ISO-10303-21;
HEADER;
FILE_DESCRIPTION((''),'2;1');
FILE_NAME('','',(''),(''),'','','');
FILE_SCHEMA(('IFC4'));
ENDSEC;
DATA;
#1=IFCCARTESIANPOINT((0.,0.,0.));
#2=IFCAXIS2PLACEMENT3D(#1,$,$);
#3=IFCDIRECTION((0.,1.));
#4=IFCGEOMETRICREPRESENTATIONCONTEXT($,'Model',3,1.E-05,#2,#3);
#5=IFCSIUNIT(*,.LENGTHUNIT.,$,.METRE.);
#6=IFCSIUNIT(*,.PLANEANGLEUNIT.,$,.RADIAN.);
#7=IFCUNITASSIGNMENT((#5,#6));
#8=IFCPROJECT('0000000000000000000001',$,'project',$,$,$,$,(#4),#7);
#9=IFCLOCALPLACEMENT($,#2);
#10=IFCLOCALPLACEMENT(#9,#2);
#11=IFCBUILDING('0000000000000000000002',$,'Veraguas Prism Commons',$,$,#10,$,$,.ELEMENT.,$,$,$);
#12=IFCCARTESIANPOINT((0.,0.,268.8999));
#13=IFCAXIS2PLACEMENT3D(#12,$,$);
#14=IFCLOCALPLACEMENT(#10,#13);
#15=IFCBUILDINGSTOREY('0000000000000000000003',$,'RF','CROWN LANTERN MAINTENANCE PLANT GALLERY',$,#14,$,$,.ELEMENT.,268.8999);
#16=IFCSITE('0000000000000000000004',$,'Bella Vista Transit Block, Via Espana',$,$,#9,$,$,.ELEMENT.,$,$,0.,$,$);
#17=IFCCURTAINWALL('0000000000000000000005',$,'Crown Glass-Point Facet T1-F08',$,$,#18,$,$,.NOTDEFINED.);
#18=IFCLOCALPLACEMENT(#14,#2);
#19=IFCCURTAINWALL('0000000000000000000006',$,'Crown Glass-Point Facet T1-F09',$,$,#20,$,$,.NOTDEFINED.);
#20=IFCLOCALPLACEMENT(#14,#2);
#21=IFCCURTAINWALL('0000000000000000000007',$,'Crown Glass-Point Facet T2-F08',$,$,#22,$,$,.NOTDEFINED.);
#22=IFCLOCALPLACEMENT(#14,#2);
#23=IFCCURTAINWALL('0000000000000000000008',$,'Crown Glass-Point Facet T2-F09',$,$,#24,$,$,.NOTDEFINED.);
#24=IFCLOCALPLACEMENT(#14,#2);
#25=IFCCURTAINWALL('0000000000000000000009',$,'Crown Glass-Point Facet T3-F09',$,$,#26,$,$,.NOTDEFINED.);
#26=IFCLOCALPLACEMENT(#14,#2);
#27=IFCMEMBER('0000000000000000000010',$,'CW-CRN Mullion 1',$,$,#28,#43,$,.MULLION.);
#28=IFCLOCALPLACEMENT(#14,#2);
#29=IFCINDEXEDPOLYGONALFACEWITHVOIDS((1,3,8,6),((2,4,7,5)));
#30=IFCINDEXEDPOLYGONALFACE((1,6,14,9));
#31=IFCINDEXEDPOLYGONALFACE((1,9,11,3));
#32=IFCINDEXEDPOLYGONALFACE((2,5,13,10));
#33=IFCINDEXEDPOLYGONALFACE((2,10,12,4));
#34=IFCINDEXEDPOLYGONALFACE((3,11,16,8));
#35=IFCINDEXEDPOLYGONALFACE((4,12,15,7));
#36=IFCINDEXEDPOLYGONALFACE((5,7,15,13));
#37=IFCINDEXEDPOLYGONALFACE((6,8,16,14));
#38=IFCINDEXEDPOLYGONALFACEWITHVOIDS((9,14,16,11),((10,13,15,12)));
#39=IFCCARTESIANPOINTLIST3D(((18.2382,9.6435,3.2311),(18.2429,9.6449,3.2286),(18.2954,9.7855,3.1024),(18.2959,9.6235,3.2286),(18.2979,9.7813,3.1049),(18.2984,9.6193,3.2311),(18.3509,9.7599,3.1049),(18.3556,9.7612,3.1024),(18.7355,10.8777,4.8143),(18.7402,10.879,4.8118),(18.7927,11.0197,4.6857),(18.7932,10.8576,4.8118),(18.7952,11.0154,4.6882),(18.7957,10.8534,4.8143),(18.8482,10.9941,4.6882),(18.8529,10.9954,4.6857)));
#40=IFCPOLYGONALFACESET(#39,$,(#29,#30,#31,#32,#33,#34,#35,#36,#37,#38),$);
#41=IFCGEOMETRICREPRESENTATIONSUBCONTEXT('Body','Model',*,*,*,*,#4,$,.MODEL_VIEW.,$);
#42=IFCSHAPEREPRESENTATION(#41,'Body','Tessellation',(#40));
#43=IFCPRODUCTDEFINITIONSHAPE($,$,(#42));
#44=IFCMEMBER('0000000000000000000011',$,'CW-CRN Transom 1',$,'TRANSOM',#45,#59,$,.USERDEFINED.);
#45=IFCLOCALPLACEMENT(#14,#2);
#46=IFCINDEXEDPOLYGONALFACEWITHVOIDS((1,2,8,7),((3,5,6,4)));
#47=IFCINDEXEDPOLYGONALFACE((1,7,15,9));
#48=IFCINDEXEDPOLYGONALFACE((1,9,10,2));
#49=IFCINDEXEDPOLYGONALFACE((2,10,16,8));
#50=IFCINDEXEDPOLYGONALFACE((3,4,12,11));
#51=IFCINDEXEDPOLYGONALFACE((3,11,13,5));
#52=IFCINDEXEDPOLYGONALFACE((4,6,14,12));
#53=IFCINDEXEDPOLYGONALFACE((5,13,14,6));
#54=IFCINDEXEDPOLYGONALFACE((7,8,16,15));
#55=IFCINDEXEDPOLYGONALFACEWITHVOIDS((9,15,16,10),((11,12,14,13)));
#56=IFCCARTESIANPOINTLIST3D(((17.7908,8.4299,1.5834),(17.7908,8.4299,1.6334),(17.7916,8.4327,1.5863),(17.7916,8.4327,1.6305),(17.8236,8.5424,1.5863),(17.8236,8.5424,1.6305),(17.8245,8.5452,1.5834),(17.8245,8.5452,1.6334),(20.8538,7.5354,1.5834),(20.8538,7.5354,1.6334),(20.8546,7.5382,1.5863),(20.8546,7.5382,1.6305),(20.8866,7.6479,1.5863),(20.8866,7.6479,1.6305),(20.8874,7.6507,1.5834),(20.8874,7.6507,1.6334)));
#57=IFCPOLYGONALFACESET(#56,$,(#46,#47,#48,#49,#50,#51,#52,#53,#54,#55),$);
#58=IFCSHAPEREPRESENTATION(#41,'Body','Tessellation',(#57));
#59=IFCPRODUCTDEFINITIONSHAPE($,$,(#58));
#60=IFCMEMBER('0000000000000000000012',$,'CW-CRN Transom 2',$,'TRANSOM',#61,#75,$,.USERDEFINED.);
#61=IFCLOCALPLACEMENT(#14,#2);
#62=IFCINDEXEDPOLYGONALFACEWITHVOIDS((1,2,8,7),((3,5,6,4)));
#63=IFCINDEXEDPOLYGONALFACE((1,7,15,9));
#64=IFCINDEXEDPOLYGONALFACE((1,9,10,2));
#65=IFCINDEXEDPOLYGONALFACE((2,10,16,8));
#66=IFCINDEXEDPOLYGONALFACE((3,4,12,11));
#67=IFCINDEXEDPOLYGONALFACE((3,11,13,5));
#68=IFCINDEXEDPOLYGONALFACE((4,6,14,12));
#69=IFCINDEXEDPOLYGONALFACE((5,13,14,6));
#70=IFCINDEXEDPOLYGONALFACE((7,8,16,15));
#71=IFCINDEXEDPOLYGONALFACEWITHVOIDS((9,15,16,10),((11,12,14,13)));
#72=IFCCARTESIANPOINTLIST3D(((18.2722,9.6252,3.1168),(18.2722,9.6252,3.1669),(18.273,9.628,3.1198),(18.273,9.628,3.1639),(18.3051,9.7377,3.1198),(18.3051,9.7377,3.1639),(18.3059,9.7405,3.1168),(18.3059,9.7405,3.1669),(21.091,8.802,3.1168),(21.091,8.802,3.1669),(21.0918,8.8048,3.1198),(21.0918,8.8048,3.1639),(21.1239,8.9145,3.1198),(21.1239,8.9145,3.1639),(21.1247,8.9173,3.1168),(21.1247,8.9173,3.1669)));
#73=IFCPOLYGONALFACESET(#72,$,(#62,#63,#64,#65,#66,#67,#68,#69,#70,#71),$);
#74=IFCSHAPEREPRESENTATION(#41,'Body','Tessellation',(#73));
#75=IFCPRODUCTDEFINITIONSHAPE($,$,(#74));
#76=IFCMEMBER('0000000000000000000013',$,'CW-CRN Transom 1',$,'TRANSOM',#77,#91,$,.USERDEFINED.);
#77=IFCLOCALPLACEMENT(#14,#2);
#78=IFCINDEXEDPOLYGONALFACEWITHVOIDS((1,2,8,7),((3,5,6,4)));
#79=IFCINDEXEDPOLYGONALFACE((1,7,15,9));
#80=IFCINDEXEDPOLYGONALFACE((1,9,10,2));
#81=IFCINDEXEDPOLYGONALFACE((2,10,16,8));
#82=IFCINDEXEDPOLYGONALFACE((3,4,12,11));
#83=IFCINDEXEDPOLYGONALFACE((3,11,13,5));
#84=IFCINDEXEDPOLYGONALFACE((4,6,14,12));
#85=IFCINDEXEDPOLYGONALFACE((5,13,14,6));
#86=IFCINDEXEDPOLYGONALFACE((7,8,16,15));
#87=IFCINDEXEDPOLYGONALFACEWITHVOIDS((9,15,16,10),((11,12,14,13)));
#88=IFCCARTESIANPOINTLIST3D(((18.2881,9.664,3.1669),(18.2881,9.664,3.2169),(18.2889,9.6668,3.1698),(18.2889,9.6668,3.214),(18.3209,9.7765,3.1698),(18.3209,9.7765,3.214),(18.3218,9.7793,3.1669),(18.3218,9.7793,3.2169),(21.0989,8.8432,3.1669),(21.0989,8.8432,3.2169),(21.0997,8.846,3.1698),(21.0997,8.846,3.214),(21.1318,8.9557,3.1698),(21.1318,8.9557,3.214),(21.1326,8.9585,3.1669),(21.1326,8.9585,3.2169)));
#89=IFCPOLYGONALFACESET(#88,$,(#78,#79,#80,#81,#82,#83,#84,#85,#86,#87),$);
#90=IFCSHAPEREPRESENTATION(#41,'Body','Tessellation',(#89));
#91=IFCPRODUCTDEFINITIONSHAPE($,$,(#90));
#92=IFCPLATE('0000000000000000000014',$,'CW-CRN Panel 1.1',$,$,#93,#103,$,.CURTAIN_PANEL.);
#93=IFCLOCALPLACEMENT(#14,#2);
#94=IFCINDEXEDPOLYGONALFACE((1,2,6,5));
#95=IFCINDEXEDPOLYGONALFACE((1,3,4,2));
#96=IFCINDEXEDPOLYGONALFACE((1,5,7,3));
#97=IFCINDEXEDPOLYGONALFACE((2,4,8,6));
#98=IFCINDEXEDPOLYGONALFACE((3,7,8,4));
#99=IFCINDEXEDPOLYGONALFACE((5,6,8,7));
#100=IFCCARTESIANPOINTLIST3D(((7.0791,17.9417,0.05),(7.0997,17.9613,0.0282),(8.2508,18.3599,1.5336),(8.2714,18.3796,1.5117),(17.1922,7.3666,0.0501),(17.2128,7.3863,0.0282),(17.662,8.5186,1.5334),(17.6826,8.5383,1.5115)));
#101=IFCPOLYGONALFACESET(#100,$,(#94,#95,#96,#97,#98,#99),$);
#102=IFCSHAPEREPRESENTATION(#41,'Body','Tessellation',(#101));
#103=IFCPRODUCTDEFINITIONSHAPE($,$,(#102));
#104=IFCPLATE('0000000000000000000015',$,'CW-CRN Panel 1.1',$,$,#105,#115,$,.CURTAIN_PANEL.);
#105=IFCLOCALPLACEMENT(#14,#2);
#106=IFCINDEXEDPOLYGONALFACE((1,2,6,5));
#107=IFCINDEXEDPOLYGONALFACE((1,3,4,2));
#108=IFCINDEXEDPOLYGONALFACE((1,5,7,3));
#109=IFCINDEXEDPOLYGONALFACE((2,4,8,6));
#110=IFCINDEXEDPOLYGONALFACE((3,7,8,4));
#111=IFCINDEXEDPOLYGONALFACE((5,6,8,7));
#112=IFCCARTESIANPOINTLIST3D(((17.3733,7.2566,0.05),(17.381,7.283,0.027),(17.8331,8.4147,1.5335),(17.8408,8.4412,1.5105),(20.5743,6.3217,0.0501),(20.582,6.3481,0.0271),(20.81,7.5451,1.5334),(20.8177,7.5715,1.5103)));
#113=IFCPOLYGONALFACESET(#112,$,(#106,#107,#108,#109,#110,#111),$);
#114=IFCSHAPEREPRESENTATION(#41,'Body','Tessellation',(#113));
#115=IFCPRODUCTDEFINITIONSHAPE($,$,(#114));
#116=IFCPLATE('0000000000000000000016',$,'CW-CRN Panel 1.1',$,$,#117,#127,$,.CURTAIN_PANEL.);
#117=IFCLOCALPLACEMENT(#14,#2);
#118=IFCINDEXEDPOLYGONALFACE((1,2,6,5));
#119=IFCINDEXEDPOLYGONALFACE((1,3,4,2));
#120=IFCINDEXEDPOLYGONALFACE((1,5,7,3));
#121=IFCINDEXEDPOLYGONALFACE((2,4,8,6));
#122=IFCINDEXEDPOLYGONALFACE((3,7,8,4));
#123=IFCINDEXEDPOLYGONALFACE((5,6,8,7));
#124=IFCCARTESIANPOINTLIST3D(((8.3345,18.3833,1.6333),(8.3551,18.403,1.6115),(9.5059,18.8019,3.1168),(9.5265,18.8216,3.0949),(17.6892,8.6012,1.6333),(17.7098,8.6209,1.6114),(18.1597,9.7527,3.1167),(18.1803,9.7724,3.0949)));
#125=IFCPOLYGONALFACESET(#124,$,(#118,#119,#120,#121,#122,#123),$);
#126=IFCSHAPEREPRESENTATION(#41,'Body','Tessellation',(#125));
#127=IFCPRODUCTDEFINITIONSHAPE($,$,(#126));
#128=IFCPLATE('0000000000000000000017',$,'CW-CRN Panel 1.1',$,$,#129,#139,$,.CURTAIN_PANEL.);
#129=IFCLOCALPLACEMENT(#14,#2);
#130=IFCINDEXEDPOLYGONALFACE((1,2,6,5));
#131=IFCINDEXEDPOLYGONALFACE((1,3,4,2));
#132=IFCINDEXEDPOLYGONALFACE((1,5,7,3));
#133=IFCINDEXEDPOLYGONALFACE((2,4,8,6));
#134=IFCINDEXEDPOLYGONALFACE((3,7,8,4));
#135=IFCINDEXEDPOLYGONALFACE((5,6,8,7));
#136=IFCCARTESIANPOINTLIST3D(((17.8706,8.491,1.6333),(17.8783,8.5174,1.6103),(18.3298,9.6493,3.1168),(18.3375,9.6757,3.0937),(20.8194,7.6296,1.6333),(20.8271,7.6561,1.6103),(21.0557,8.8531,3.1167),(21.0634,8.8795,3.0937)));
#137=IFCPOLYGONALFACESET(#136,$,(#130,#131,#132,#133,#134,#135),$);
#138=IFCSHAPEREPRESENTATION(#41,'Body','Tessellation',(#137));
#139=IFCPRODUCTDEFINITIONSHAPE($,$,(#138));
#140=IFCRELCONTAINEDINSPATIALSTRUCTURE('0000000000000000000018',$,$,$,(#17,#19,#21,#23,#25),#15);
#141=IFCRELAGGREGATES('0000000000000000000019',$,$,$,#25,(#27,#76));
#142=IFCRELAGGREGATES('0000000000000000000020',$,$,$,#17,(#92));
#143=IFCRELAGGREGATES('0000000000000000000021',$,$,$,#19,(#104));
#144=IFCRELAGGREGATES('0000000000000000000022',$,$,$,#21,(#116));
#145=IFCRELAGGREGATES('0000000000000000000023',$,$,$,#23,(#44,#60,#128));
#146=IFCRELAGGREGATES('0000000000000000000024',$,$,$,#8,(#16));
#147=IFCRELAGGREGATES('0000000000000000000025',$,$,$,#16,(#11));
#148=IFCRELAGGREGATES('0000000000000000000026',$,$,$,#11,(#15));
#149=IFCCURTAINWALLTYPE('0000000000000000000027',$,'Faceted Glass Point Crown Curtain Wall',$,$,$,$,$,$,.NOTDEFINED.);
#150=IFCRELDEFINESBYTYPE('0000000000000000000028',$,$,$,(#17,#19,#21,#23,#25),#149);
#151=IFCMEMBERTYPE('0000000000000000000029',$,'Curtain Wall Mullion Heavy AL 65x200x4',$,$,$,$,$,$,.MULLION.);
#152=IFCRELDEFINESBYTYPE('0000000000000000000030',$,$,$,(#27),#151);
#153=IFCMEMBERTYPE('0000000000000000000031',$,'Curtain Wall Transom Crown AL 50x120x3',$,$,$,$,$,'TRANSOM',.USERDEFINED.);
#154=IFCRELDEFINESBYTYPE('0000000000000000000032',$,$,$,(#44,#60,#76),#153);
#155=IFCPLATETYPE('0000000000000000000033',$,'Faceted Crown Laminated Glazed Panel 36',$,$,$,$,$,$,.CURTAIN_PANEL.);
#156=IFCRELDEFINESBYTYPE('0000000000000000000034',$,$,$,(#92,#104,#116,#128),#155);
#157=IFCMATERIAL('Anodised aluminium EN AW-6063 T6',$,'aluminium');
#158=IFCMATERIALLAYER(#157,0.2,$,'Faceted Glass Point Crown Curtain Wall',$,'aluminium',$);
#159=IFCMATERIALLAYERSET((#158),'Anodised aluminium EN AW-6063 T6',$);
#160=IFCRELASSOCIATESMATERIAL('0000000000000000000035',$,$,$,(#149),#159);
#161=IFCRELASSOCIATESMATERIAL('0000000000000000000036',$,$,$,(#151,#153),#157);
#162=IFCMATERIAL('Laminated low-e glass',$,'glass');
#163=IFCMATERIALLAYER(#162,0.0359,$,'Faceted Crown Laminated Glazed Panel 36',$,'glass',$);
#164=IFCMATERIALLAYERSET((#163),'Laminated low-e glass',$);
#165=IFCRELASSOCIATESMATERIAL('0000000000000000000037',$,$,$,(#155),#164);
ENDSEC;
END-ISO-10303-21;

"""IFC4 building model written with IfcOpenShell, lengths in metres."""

from ifc_helpers import new_model, si_unit, direction, frame, origin, origin_2d, place, context, subcontext, project, spatial, polyline, hollow_rectangle, outline, extrude, source, transform, mapped, material, layer, layer_set, material_profile, profile_set, type_object, element, aggregate, save


model = new_model("IFC4")

# Units and contexts
model_context = context("Model", 3, precision=1e-05, world=origin(), true_north=direction((0.0, 1.0)))
body_context = subcontext(model_context, "Body", "Model", "MODEL_VIEW")
ifc_project = project(units=[si_unit("LENGTHUNIT", "METRE"), si_unit("PLANEANGLEUNIT", "RADIAN")], contexts=[model_context])

# Site, building, storey
site_placement = place(None, origin())
site = spatial("IfcSite", under=ifc_project, at=site_placement, Name="Bella Vista Transit Block, Via Espana", CompositionType="ELEMENT", RefElevation=0.0)
building_placement = place(site_placement, origin())
building = spatial("IfcBuilding", under=site, at=building_placement, Name="Veraguas Prism Commons", CompositionType="ELEMENT")
storey_placement = place(building_placement, frame((0.0, 0.0, 268.8999)))
storey = spatial("IfcBuildingStorey", under=building, at=storey_placement, Name="RF", Description="CROWN LANTERN MAINTENANCE PLANT GALLERY", CompositionType="ELEMENT", Elevation=268.8999)

# Shared definitions
ifc_material_1 = material(Name="Anodised aluminium EN AW-6063 T6", Category="aluminium")
ifc_layer_1 = layer(ifc_material_1, 0.2, Name="Faceted Glass Point Crown Curtain Wall", Category="aluminium")
ifc_layer_set_1 = layer_set([ifc_layer_1], Name="Anodised aluminium EN AW-6063 T6")
curtain_wall_type = type_object("IfcCurtainWallType", Name="Faceted Glass Point Crown Curtain Wall", PredefinedType="NOTDEFINED", material=ifc_layer_set_1)
ifc_material_profile_1 = material_profile(ifc_material_1, hollow_rectangle(XDim=0.0649, YDim=0.2, WallThickness=0.0039, at=origin_2d()), Name="AL65X200X4")
ifc_profile_set_1 = profile_set([ifc_material_profile_1], Name="Anodised aluminium EN AW-6063 T6")
member_type_1 = type_object("IfcMemberType", Name="Curtain Wall Mullion Heavy AL 65x200x4", PredefinedType="MULLION", material=ifc_profile_set_1)

# Curtain wall
curtain_wall_1_placement = place(storey_placement, origin())
curtain_wall_1 = element("IfcCurtainWall", 1, at=curtain_wall_1_placement, inside=storey, type_object=curtain_wall_type, Name="Crown Glass-Point Facet T1-F08", PredefinedType="NOTDEFINED")

# Curtain wall
curtain_wall_2_placement = place(storey_placement, origin())
curtain_wall_2 = element("IfcCurtainWall", 2, at=curtain_wall_2_placement, inside=storey, type_object=curtain_wall_type, Name="Crown Glass-Point Facet T1-F09", PredefinedType="NOTDEFINED")

# Shared definitions
ifc_material_profile_2 = material_profile(ifc_material_1, hollow_rectangle(XDim=0.05, YDim=0.1201, WallThickness=0.0029, at=origin_2d()), Name="AL50X120X3")
ifc_profile_set_2 = profile_set([ifc_material_profile_2], Name="Anodised aluminium EN AW-6063 T6")
member_type_2 = type_object("IfcMemberType", Name="Curtain Wall Transom Crown AL 50x120x3", ElementType="TRANSOM", PredefinedType="USERDEFINED", material=ifc_profile_set_2)

# Curtain walls, member
curtain_wall_3_placement = place(storey_placement, origin())
curtain_wall_3 = element("IfcCurtainWall", 3, at=curtain_wall_3_placement, inside=storey, type_object=curtain_wall_type, Name="Crown Glass-Point Facet T2-F08", PredefinedType="NOTDEFINED")
shared_shape_1 = source(origin(), body_context, "Body", "SweptSolid", [
    extrude(hollow_rectangle(XDim=0.0649, YDim=0.2, WallThickness=0.0039, at=origin_2d()), origin(), (0.0, 0.0, 1.0), 2.0681),
])
curtain_wall_4_placement = place(storey_placement, origin())
curtain_wall_4 = element("IfcCurtainWall", 4, at=curtain_wall_4_placement, inside=storey, type_object=curtain_wall_type, Name="Crown Glass-Point Facet T2-F09", PredefinedType="NOTDEFINED")
curtain_wall_5_placement = place(storey_placement, origin())
curtain_wall_5 = element("IfcCurtainWall", 5, at=curtain_wall_5_placement, inside=storey, type_object=curtain_wall_type, Name="Crown Glass-Point Facet T3-F09", PredefinedType="NOTDEFINED")
member_1_placement = place(storey_placement, frame((18.2969, 9.7024, 3.1667), z_axis=(0.240468, 0.596743, 0.765554), x_axis=(-0.927525, 0.373762, 0.0)))
member_1 = element("IfcMember", 6, at=member_1_placement, type_object=member_type_1, Name="CW-CRN Mullion 1", PredefinedType="MULLION", context=body_context, shape_type="MappedRepresentation", body=[
    mapped(shared_shape_1, transform((0.0, 0.0, 0.0), scale=1.0)),
])

# Members
shared_shape_2 = source(origin(), body_context, "Body", "SweptSolid", [
    extrude(hollow_rectangle(XDim=0.05, YDim=0.1201, WallThickness=0.0029, at=origin_2d()), origin(), (0.0, 0.0, 1.0), 3.1909),
])
member_2_placement = place(storey_placement, frame((17.8076, 8.4875, 1.6084), z_axis=(0.959902, -0.280335, 0.0), x_axis=(0.0, 0.0, 1.0)))
member_2 = element("IfcMember", 7, at=member_2_placement, type_object=member_type_2, Name="CW-CRN Transom 1", ObjectType="TRANSOM", PredefinedType="USERDEFINED", context=body_context, shape_type="MappedRepresentation", body=[
    mapped(shared_shape_2, transform((0.0, 0.0, 0.0), scale=1.0)),
])
shared_shape_3 = source(origin(), body_context, "Body", "SweptSolid", [
    extrude(hollow_rectangle(XDim=0.05, YDim=0.1201, WallThickness=0.0029, at=origin_2d()), origin(), (0.0, 0.0, 1.0), 2.9365),
])
member_3_placement = place(storey_placement, frame((18.2891, 9.6829, 3.1418), z_axis=(0.959901, -0.280338, 0.0), x_axis=(0.0, 0.0, 1.0)))
member_3 = element("IfcMember", 8, at=member_3_placement, type_object=member_type_2, Name="CW-CRN Transom 2", ObjectType="TRANSOM", PredefinedType="USERDEFINED", context=body_context, shape_type="MappedRepresentation", body=[
    mapped(shared_shape_3, transform((0.0, 0.0, 0.0), scale=1.0)),
])
shared_shape_4 = source(origin(), body_context, "Body", "SweptSolid", [
    extrude(hollow_rectangle(XDim=0.05, YDim=0.1201, WallThickness=0.0029, at=origin_2d()), origin(), (0.0, 0.0, 1.0), 2.9282),
])
member_4_placement = place(storey_placement, frame((18.3049, 9.7217, 3.1919), z_axis=(0.959909, -0.280311, 0.0), x_axis=(0.0, 0.0, 1.0)))
member_4 = element("IfcMember", 9, at=member_4_placement, type_object=member_type_2, Name="CW-CRN Transom 1", ObjectType="TRANSOM", PredefinedType="USERDEFINED", context=body_context, shape_type="MappedRepresentation", body=[
    mapped(shared_shape_4, transform((0.0, 0.0, 0.0), scale=1.0)),
])
aggregate(curtain_wall_5, [member_1, member_4])

# Plates
ifc_material_2 = material(Name="Laminated low-e glass", Category="glass")
ifc_layer_2 = layer(ifc_material_2, 0.0359, Name="Faceted Crown Laminated Glazed Panel 36", Category="glass")
ifc_layer_set_2 = layer_set([ifc_layer_2], Name="Laminated low-e glass")
plate_type_1 = type_object("IfcPlateType", Name="Faceted Crown Laminated Glazed Panel 36", PredefinedType="CURTAIN_PANEL", material=ifc_layer_set_2)
plate_1_placement = place(storey_placement, frame((7.0791, 17.9417, 0.05), z_axis=(-0.573831, -0.548764, 0.607928), x_axis=(0.691146, -0.722715, 0.000001)))
plate_1 = element("IfcPlate", 10, at=plate_1_placement, type_object=plate_type_1, Name="CW-CRN Panel 1.1", PredefinedType="CURTAIN_PANEL", context=body_context, shape_type="SweptSolid", body=[
    extrude(outline(polyline([(0.0, 0.0), (14.6323, 0.0), (14.1245, 1.8682), (0.5076, 1.8684), (0.0, 0.0)])), origin(), (0.0, 0.0, -1.0), 0.0359),
])
aggregate(curtain_wall_1, [plate_1])
plate_2_placement = place(storey_placement, frame((17.3733, 7.2566, 0.05), z_axis=(-0.215068, -0.736342, 0.641519), x_axis=(0.959898, -0.280351, 0.000014)))
plate_2 = element("IfcPlate", 11, at=plate_2_placement, type_object=plate_type_1, Name="CW-CRN Panel 1.1", PredefinedType="CURTAIN_PANEL", context=body_context, shape_type="SweptSolid", body=[
    extrude(outline(polyline([(0.0, 0.0), (3.3347, 0.0), (3.218, 1.9336), (0.1167, 1.9338), (0.0, 0.0)])), origin(), (0.0, 0.0, -1.0), 0.0359),
])
aggregate(curtain_wall_2, [plate_2])
plate_3_placement = place(storey_placement, frame((8.3345, 18.3833, 1.6333), z_axis=(-0.573816, -0.548746, 0.607958), x_axis=(0.691141, -0.72272, -0.000003)))
plate_3 = element("IfcPlate", 12, at=plate_3_placement, type_object=plate_type_1, Name="CW-CRN Panel 1.1", PredefinedType="CURTAIN_PANEL", context=body_context, shape_type="SweptSolid", body=[
    extrude(outline(polyline([(0.0, 0.0), (13.5352, 0.0), (13.0281, 1.8684), (0.5071, 1.8684), (0.0, 0.0)])), origin(), (0.0, 0.0, -1.0), 0.0359),
])
aggregate(curtain_wall_3, [plate_3])
plate_4_placement = place(storey_placement, frame((17.8706, 8.491, 1.6333), z_axis=(-0.215076, -0.736339, 0.641519), x_axis=(0.95989, -0.280378, -0.000006)))
plate_4 = element("IfcPlate", 13, at=plate_4_placement, type_object=plate_type_1, Name="CW-CRN Panel 1.1", PredefinedType="CURTAIN_PANEL", context=body_context, shape_type="SweptSolid", body=[
    extrude(outline(polyline([(0.0, 0.0), (3.072, 0.0), (2.9558, 1.9338), (0.116, 1.9338), (0.0, 0.0)])), origin(), (0.0, 0.0, -1.0), 0.0359),
])
aggregate(curtain_wall_4, [member_2, member_3, plate_4])

save(model, "model.ifc")
